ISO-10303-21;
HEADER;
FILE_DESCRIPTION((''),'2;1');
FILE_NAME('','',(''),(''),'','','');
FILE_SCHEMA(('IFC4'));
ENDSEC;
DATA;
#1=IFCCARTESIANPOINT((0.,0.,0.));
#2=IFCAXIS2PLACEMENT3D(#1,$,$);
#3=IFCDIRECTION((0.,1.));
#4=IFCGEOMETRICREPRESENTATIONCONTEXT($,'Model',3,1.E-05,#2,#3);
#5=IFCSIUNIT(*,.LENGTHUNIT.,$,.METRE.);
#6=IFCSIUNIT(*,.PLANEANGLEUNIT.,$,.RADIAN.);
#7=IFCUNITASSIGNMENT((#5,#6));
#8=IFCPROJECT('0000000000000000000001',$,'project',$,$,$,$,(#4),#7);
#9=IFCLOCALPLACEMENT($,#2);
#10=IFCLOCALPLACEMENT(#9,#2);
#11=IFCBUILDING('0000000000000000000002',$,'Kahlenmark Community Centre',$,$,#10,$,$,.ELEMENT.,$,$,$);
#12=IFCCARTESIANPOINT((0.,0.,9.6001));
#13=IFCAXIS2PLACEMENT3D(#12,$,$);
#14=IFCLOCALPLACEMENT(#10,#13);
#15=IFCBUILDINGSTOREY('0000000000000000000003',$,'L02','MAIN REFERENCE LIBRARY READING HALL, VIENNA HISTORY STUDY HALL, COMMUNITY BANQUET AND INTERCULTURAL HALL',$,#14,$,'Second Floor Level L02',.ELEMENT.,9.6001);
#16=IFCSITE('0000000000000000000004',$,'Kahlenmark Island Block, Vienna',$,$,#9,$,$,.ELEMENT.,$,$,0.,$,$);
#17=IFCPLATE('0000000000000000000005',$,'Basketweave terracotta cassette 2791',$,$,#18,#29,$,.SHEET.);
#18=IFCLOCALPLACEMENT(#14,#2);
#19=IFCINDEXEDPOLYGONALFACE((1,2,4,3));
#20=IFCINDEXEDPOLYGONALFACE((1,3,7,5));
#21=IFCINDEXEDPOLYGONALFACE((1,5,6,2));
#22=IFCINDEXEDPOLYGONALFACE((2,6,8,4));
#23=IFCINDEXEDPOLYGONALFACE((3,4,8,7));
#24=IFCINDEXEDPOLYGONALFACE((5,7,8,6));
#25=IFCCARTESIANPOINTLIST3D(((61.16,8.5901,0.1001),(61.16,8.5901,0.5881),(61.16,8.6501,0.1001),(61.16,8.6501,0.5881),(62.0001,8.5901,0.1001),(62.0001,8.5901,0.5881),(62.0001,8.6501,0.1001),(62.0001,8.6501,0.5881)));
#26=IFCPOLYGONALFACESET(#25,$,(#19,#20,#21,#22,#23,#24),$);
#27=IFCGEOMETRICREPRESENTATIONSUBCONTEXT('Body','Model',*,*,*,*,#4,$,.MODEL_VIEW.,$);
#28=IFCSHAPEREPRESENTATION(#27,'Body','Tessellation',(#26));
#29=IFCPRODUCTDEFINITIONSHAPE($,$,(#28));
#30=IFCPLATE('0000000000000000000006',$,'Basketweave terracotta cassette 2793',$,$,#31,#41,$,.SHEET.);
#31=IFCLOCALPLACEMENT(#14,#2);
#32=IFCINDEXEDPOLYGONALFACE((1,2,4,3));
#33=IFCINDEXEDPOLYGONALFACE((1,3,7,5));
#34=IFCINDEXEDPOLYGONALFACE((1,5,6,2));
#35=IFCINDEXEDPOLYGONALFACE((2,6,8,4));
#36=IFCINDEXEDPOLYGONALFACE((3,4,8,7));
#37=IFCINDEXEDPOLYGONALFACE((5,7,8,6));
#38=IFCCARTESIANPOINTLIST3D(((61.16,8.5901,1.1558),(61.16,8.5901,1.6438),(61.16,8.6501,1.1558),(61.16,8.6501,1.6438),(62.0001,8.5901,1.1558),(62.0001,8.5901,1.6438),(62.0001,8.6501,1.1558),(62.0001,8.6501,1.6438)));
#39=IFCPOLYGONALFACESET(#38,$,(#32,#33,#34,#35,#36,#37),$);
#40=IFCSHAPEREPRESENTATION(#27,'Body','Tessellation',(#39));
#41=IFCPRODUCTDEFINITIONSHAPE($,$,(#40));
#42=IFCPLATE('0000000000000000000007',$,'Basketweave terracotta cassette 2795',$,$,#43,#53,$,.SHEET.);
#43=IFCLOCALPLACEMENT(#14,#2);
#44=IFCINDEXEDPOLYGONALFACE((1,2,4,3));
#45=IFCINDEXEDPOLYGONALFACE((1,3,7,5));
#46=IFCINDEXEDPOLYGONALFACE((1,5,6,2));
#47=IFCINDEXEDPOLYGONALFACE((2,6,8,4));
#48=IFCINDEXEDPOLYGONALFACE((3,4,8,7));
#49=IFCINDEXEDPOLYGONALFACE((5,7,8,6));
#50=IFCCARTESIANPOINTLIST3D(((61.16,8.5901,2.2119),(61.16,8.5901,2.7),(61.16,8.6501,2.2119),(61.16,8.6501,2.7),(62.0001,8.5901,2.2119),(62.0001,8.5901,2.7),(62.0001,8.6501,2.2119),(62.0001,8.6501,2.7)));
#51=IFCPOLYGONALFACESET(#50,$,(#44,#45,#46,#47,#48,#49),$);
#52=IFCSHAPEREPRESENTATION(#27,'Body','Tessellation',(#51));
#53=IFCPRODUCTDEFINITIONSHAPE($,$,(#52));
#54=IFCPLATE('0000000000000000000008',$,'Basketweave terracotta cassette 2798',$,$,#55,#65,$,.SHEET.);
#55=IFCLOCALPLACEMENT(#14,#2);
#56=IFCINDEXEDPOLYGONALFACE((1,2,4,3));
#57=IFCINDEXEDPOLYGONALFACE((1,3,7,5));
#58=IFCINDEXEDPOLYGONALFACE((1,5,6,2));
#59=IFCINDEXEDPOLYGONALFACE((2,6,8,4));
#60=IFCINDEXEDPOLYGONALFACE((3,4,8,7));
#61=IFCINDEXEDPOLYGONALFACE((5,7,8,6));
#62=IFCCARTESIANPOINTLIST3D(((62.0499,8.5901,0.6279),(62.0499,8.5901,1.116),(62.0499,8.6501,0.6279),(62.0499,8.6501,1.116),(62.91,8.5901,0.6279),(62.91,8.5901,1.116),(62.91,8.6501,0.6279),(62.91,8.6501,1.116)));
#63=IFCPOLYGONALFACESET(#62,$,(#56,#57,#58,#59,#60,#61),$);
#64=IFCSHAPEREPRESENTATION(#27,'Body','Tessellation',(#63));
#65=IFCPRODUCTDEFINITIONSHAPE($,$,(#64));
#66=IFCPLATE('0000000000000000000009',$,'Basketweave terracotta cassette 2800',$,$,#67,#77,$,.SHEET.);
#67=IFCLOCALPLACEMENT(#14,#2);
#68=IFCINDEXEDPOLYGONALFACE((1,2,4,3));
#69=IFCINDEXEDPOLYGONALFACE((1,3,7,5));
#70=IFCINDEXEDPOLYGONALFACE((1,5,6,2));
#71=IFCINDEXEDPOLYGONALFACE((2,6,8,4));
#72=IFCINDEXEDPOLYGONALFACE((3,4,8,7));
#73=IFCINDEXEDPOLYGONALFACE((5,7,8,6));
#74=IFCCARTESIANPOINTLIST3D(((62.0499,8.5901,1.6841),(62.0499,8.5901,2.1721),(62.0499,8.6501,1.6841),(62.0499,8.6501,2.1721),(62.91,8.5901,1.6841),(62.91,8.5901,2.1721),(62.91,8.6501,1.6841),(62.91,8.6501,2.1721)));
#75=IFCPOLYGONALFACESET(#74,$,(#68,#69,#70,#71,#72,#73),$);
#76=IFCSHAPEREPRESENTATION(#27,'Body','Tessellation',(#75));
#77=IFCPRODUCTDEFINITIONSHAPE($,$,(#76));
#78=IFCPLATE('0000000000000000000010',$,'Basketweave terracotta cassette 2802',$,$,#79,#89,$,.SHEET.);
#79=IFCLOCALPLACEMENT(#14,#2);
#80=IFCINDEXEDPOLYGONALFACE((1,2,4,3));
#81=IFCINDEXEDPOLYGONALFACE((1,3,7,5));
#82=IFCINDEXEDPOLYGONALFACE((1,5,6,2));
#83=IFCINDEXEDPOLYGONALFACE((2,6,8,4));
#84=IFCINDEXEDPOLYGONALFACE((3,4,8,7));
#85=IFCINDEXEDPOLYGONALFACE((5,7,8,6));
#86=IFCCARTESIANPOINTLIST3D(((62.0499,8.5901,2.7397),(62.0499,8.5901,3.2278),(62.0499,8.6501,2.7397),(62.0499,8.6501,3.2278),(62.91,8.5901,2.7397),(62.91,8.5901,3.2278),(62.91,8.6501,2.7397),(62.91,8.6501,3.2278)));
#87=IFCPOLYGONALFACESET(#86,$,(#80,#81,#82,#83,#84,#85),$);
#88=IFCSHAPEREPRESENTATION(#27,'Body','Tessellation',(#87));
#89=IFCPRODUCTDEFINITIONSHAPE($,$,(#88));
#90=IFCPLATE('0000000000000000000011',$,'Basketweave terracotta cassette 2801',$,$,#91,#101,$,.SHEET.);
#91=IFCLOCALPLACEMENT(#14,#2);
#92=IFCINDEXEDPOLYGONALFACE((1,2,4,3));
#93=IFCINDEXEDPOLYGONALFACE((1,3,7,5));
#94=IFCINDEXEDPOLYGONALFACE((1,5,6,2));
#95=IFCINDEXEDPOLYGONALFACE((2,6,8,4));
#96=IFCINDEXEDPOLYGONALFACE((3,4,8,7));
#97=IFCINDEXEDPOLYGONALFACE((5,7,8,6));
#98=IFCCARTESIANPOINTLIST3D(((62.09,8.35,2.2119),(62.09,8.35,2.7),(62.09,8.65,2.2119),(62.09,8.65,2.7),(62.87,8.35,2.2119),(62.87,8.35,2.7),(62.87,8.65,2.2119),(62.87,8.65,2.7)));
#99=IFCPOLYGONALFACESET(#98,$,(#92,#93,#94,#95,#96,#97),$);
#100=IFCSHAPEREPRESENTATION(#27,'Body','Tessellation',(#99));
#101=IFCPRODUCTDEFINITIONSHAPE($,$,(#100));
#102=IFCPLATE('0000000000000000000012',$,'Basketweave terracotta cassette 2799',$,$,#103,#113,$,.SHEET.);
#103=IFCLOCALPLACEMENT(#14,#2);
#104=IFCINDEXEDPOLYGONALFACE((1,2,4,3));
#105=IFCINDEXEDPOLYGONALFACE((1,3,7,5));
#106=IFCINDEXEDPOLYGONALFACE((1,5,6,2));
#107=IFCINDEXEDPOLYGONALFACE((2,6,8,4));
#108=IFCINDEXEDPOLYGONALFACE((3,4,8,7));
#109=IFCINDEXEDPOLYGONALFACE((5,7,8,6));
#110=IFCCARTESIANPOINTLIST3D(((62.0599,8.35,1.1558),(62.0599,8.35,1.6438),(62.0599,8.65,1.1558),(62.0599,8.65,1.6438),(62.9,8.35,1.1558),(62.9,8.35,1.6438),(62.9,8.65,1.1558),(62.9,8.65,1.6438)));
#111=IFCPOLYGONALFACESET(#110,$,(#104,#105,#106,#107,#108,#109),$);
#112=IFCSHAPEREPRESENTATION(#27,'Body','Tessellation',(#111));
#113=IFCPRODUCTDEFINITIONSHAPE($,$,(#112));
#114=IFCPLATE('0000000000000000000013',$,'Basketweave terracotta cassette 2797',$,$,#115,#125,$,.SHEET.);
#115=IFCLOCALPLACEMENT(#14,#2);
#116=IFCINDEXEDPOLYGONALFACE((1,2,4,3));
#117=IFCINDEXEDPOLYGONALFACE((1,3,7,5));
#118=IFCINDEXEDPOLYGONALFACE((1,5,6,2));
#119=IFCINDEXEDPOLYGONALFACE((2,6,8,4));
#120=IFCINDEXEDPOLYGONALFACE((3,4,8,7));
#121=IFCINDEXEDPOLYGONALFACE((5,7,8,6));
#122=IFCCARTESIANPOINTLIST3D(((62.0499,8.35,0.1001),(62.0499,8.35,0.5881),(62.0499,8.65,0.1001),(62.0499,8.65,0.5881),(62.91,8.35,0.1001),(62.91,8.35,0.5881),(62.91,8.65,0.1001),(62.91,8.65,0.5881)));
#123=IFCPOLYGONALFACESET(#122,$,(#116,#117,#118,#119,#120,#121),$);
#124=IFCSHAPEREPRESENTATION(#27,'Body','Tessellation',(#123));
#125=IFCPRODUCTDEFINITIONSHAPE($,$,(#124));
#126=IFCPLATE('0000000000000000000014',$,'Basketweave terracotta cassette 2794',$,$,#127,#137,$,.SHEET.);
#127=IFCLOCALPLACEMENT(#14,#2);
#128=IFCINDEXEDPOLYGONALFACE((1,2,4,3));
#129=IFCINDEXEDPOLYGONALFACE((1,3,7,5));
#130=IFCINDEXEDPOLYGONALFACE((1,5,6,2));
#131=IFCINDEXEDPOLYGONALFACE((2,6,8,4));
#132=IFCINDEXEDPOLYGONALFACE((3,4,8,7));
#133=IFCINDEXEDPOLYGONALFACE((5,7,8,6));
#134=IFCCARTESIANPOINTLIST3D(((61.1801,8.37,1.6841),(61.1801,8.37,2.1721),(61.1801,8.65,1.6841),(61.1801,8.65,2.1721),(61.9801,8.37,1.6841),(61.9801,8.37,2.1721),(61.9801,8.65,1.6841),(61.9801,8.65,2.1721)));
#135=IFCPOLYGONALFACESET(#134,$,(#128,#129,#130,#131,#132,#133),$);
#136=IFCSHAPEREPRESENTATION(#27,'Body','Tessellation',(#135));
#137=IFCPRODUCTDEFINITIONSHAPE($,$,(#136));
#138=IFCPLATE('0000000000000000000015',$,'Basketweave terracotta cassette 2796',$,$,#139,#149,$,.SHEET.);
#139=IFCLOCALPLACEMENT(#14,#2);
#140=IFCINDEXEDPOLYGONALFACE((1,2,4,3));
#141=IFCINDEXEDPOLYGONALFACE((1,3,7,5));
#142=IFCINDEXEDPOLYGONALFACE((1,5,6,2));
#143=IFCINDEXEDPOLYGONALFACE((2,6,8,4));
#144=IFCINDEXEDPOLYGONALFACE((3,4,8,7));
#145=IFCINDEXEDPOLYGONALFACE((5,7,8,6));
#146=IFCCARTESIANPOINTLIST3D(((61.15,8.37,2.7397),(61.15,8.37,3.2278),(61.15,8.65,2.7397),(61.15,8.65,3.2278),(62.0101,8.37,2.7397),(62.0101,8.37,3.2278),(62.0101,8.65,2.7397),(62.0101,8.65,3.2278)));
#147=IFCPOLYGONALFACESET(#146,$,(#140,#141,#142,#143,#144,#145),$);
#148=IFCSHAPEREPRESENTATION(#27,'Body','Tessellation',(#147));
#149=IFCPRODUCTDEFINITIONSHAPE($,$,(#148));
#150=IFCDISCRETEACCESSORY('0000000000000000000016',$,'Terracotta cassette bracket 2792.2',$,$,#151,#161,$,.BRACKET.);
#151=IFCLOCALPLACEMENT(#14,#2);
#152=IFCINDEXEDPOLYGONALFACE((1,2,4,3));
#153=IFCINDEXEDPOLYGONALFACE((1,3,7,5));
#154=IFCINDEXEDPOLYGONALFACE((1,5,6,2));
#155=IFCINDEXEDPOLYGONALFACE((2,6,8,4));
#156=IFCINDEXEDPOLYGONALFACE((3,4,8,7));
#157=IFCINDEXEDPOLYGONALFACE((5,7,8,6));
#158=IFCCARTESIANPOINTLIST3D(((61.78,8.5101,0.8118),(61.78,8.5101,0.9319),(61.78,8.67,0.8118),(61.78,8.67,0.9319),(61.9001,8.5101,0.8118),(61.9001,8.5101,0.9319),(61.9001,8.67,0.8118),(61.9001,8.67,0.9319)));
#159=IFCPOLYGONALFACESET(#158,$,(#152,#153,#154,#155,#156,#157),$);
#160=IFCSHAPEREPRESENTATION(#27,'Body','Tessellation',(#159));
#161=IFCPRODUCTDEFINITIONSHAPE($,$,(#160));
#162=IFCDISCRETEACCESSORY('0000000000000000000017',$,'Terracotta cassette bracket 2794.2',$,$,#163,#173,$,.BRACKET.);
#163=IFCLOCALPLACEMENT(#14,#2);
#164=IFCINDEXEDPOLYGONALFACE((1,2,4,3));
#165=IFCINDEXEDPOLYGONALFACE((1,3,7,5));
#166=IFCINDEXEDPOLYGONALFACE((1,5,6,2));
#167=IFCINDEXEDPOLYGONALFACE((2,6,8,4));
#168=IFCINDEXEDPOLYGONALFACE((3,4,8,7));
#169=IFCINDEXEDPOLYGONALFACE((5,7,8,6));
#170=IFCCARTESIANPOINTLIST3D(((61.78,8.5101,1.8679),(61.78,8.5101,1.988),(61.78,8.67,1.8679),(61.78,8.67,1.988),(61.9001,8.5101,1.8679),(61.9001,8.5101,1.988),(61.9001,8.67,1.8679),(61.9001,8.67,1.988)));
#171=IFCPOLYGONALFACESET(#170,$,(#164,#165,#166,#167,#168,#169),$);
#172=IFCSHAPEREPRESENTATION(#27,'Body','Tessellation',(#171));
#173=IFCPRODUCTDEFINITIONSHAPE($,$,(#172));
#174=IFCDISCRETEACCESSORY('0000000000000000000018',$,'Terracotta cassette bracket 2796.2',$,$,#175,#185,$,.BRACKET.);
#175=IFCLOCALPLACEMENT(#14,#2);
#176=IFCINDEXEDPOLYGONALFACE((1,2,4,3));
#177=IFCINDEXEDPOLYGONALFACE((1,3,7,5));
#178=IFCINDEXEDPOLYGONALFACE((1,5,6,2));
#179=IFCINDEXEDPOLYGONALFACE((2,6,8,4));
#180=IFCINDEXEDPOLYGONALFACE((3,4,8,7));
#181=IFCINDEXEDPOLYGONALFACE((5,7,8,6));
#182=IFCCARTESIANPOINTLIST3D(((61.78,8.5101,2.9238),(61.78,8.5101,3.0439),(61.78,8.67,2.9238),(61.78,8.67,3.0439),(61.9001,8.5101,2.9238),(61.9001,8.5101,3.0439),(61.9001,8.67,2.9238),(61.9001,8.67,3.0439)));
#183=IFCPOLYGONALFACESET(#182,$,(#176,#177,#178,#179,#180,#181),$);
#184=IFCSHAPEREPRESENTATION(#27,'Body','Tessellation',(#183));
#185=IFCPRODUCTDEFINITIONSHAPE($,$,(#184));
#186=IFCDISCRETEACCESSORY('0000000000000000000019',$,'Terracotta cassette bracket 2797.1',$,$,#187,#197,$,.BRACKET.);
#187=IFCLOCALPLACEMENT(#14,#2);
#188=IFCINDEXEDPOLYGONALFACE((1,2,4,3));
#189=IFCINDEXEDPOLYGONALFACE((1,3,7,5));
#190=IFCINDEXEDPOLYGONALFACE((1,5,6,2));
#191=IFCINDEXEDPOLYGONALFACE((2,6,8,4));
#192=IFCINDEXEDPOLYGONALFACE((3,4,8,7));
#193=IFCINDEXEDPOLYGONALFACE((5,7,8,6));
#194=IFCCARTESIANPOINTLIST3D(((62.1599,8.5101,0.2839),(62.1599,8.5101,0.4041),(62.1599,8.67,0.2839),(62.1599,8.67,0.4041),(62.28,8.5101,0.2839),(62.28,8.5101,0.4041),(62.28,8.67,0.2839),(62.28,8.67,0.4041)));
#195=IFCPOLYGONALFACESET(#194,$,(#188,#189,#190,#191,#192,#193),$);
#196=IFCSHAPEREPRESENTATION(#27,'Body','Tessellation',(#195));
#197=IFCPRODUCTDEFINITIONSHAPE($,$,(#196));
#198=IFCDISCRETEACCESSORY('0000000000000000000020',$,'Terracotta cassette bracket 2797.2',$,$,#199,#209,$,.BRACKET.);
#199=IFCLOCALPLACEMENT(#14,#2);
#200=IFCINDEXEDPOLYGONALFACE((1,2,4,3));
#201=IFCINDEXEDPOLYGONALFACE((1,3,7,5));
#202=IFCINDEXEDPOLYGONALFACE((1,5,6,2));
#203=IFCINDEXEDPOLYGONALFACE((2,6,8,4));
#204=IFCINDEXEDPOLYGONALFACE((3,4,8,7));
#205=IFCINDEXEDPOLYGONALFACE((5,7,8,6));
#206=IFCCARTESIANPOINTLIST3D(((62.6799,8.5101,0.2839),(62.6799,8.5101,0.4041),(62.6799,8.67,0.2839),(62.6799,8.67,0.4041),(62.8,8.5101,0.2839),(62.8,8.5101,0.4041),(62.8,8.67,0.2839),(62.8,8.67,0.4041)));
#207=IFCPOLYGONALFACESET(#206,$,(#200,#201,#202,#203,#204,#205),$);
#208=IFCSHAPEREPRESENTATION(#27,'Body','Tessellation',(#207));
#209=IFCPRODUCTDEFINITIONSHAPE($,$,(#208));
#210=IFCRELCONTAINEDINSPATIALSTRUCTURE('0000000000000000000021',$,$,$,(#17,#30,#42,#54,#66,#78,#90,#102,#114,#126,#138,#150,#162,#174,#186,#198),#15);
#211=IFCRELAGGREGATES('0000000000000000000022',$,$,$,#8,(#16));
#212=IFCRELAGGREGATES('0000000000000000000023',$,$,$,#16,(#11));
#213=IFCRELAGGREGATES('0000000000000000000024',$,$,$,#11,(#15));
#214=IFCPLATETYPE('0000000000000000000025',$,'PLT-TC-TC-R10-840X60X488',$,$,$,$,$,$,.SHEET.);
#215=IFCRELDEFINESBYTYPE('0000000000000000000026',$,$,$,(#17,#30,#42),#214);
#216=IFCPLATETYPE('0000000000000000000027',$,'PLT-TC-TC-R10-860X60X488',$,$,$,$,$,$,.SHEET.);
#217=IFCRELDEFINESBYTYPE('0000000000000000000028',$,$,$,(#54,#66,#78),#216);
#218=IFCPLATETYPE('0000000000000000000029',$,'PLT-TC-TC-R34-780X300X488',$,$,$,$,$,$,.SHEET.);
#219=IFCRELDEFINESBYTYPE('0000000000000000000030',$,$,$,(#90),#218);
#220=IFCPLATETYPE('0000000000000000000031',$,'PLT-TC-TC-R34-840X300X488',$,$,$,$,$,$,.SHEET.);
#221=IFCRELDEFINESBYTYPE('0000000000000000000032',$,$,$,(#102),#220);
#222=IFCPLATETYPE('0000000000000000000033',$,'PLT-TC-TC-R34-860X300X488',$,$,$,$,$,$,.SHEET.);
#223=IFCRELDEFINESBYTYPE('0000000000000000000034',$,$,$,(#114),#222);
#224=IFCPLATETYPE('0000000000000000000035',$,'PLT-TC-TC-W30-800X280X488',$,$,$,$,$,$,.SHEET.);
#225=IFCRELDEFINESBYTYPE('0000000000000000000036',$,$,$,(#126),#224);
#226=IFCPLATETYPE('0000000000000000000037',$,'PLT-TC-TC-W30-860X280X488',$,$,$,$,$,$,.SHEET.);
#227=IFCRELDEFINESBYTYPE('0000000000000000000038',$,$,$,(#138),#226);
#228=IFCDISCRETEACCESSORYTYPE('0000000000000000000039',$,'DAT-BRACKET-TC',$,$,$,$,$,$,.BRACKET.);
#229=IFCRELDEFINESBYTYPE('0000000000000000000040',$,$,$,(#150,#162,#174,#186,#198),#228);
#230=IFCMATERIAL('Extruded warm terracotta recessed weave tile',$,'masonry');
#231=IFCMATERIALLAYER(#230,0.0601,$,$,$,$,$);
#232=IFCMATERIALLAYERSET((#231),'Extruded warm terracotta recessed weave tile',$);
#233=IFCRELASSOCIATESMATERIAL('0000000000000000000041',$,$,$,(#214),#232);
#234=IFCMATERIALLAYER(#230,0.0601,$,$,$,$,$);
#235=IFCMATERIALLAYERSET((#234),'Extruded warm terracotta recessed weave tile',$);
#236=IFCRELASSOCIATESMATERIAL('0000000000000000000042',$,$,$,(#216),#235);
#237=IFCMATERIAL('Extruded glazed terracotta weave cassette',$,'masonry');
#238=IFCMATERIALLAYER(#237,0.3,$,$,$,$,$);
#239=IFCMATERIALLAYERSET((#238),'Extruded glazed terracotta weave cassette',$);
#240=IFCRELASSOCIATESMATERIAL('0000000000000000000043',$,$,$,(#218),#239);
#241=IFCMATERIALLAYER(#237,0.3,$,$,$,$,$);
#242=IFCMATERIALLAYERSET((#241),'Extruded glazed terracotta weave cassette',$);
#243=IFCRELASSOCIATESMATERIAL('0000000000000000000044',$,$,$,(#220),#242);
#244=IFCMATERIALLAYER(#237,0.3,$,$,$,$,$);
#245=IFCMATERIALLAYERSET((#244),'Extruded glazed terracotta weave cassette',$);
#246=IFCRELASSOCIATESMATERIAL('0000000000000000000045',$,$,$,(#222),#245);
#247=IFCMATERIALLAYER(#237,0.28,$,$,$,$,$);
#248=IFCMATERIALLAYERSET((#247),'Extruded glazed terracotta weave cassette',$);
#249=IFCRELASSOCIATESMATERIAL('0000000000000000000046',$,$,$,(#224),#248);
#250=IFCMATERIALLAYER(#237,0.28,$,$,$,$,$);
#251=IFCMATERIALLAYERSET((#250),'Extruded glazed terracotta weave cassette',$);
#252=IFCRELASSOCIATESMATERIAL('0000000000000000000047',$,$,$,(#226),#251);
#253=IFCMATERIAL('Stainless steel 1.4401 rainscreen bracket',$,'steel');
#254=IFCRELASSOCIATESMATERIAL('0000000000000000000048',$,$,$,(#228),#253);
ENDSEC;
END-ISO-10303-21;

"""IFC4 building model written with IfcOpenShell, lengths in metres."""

from ifc_helpers import new_model, si_unit, direction, frame, origin, origin_2d, place, context, subcontext, project, spatial, rectangle, extrude, material, layer, layer_set, type_object, element, save


model = new_model("IFC4")

# Units and contexts
model_context = context("Model", 3, precision=1e-05, world=origin(), true_north=direction((0.0, 1.0)))
body_context = subcontext(model_context, "Body", "Model", "MODEL_VIEW")
ifc_project = project(units=[si_unit("LENGTHUNIT", "METRE"), si_unit("PLANEANGLEUNIT", "RADIAN")], contexts=[model_context])

# Site, building, storey
site_placement = place(None, origin())
site = spatial("IfcSite", under=ifc_project, at=site_placement, Name="Kahlenmark Island Block, Vienna", CompositionType="ELEMENT", RefElevation=0.0)
building_placement = place(site_placement, origin())
building = spatial("IfcBuilding", under=site, at=building_placement, Name="Kahlenmark Community Centre", CompositionType="ELEMENT")
storey_placement = place(building_placement, frame((0.0, 0.0, 9.6001)))
storey = spatial("IfcBuildingStorey", under=building, at=storey_placement, Name="L02", Description="MAIN REFERENCE LIBRARY READING HALL, VIENNA HISTORY STUDY HALL, COMMUNITY BANQUET AND INTERCULTURAL HALL", LongName="Second Floor Level L02", CompositionType="ELEMENT", Elevation=9.6001)

# Plates
ifc_material_1 = material(Name="Extruded warm terracotta recessed weave tile", Category="masonry")
ifc_layer_1 = layer(ifc_material_1, 0.0601)
ifc_layer_set_1 = layer_set([ifc_layer_1], Name="Extruded warm terracotta recessed weave tile")
plate_type_1 = type_object("IfcPlateType", Name="PLT-TC-TC-R10-840X60X488", PredefinedType="SHEET", material=ifc_layer_set_1)
for number, where, z_axis, x_axis, name in (
    (1, (61.5801, 8.6201, 0.1001), (0.0, 0.0, 1.0), (1.0, 0.0, 0.0), "Basketweave terracotta cassette 2791"),
    (2, (61.5801, 8.6201, 1.1558), (0.0, 0.0, 1.0), (1.0, 0.0, 0.0), "Basketweave terracotta cassette 2793"),
    (3, (61.5801, 8.6201, 2.2119), (0.0, 0.0, 1.0), (1.0, 0.0, 0.0), "Basketweave terracotta cassette 2795"),
):
    element("IfcPlate", number, at=place(storey_placement, frame(where, z_axis=z_axis, x_axis=x_axis)), inside=storey, type_object=plate_type_1, Name=name, PredefinedType="SHEET", context=body_context, shape_type="SweptSolid", body=[
        extrude(rectangle(XDim=0.8401, YDim=0.0601, at=origin_2d()), origin(), (0.0, 0.0, 1.0), 0.488),
    ])
ifc_layer_2 = layer(ifc_material_1, 0.0601)
ifc_layer_set_2 = layer_set([ifc_layer_2], Name="Extruded warm terracotta recessed weave tile")
plate_type_2 = type_object("IfcPlateType", Name="PLT-TC-TC-R10-860X60X488", PredefinedType="SHEET", material=ifc_layer_set_2)
for number, where, z_axis, x_axis, name in (
    (4, (62.48, 8.6201, 0.6279), (0.0, 0.0, 1.0), (1.0, 0.0, 0.0), "Basketweave terracotta cassette 2798"),
    (5, (62.48, 8.6201, 1.6841), (0.0, 0.0, 1.0), (1.0, 0.0, 0.0), "Basketweave terracotta cassette 2800"),
    (6, (62.48, 8.6201, 2.7397), (0.0, 0.0, 1.0), (1.0, 0.0, 0.0), "Basketweave terracotta cassette 2802"),
):
    element("IfcPlate", number, at=place(storey_placement, frame(where, z_axis=z_axis, x_axis=x_axis)), inside=storey, type_object=plate_type_2, Name=name, PredefinedType="SHEET", context=body_context, shape_type="SweptSolid", body=[
        extrude(rectangle(XDim=0.8601, YDim=0.0601, at=origin_2d()), origin(), (0.0, 0.0, 1.0), 0.488),
    ])
ifc_material_2 = material(Name="Extruded glazed terracotta weave cassette", Category="masonry")
ifc_layer_3 = layer(ifc_material_2, 0.3)
ifc_layer_set_3 = layer_set([ifc_layer_3], Name="Extruded glazed terracotta weave cassette")
plate_type_3 = type_object("IfcPlateType", Name="PLT-TC-TC-R34-780X300X488", PredefinedType="SHEET", material=ifc_layer_set_3)
plate_1_placement = place(storey_placement, frame((62.48, 8.5, 2.2119), z_axis=(0.0, 0.0, 1.0), x_axis=(1.0, 0.0, 0.0)))
element("IfcPlate", 7, at=plate_1_placement, inside=storey, type_object=plate_type_3, Name="Basketweave terracotta cassette 2801", PredefinedType="SHEET", context=body_context, shape_type="SweptSolid", body=[
    extrude(rectangle(XDim=0.78, YDim=0.3, at=origin_2d()), origin(), (0.0, 0.0, 1.0), 0.488),
])
ifc_layer_4 = layer(ifc_material_2, 0.3)
ifc_layer_set_4 = layer_set([ifc_layer_4], Name="Extruded glazed terracotta weave cassette")
plate_type_4 = type_object("IfcPlateType", Name="PLT-TC-TC-R34-840X300X488", PredefinedType="SHEET", material=ifc_layer_set_4)
plate_2_placement = place(storey_placement, frame((62.48, 8.5, 1.1558), z_axis=(0.0, 0.0, 1.0), x_axis=(1.0, 0.0, 0.0)))
element("IfcPlate", 8, at=plate_2_placement, inside=storey, type_object=plate_type_4, Name="Basketweave terracotta cassette 2799", PredefinedType="SHEET", context=body_context, shape_type="SweptSolid", body=[
    extrude(rectangle(XDim=0.8401, YDim=0.3, at=origin_2d()), origin(), (0.0, 0.0, 1.0), 0.488),
])
ifc_layer_5 = layer(ifc_material_2, 0.3)
ifc_layer_set_5 = layer_set([ifc_layer_5], Name="Extruded glazed terracotta weave cassette")
plate_type_5 = type_object("IfcPlateType", Name="PLT-TC-TC-R34-860X300X488", PredefinedType="SHEET", material=ifc_layer_set_5)
plate_3_placement = place(storey_placement, frame((62.48, 8.5, 0.1001), z_axis=(0.0, 0.0, 1.0), x_axis=(1.0, 0.0, 0.0)))
element("IfcPlate", 9, at=plate_3_placement, inside=storey, type_object=plate_type_5, Name="Basketweave terracotta cassette 2797", PredefinedType="SHEET", context=body_context, shape_type="SweptSolid", body=[
    extrude(rectangle(XDim=0.8601, YDim=0.3, at=origin_2d()), origin(), (0.0, 0.0, 1.0), 0.488),
])
ifc_layer_6 = layer(ifc_material_2, 0.28)
ifc_layer_set_6 = layer_set([ifc_layer_6], Name="Extruded glazed terracotta weave cassette")
plate_type_6 = type_object("IfcPlateType", Name="PLT-TC-TC-W30-800X280X488", PredefinedType="SHEET", material=ifc_layer_set_6)
plate_4_placement = place(storey_placement, frame((61.5801, 8.51, 1.6841), z_axis=(0.0, 0.0, 1.0), x_axis=(1.0, 0.0, 0.0)))
element("IfcPlate", 10, at=plate_4_placement, inside=storey, type_object=plate_type_6, Name="Basketweave terracotta cassette 2794", PredefinedType="SHEET", context=body_context, shape_type="SweptSolid", body=[
    extrude(rectangle(XDim=0.8, YDim=0.28, at=origin_2d()), origin(), (0.0, 0.0, 1.0), 0.488),
])
ifc_layer_7 = layer(ifc_material_2, 0.28)
ifc_layer_set_7 = layer_set([ifc_layer_7], Name="Extruded glazed terracotta weave cassette")
plate_type_7 = type_object("IfcPlateType", Name="PLT-TC-TC-W30-860X280X488", PredefinedType="SHEET", material=ifc_layer_set_7)
plate_5_placement = place(storey_placement, frame((61.5801, 8.51, 2.7397), z_axis=(0.0, 0.0, 1.0), x_axis=(1.0, 0.0, 0.0)))
element("IfcPlate", 11, at=plate_5_placement, inside=storey, type_object=plate_type_7, Name="Basketweave terracotta cassette 2796", PredefinedType="SHEET", context=body_context, shape_type="SweptSolid", body=[
    extrude(rectangle(XDim=0.8601, YDim=0.28, at=origin_2d()), origin(), (0.0, 0.0, 1.0), 0.488),
])

# Discrete accessories
ifc_material_3 = material(Name="Stainless steel 1.4401 rainscreen bracket", Category="steel")
discrete_accessory_type = type_object("IfcDiscreteAccessoryType", Name="DAT-BRACKET-TC", PredefinedType="BRACKET", material=ifc_material_3)
for number, where, z_axis, x_axis, name in (
    (12, (61.8401, 8.5901, 0.8118), (0.0, 0.0, 1.0), (1.0, 0.0, 0.0), "Terracotta cassette bracket 2792.2"),
    (13, (61.8401, 8.5901, 1.8679), (0.0, 0.0, 1.0), (1.0, 0.0, 0.0), "Terracotta cassette bracket 2794.2"),
    (14, (61.8401, 8.5901, 2.9238), (0.0, 0.0, 1.0), (1.0, 0.0, 0.0), "Terracotta cassette bracket 2796.2"),
    (15, (62.22, 8.5901, 0.2839), (0.0, 0.0, 1.0), (1.0, 0.0, 0.0), "Terracotta cassette bracket 2797.1"),
    (16, (62.74, 8.5901, 0.2839), (0.0, 0.0, 1.0), (1.0, 0.0, 0.0), "Terracotta cassette bracket 2797.2"),
):
    element("IfcDiscreteAccessory", number, at=place(storey_placement, frame(where, z_axis=z_axis, x_axis=x_axis)), inside=storey, type_object=discrete_accessory_type, Name=name, PredefinedType="BRACKET", context=body_context, shape_type="SweptSolid", body=[
        extrude(rectangle(XDim=0.1201, YDim=0.1599, at=origin_2d()), origin(), (0.0, 0.0, 1.0), 0.1201),
    ])

save(model, "model.ifc")
